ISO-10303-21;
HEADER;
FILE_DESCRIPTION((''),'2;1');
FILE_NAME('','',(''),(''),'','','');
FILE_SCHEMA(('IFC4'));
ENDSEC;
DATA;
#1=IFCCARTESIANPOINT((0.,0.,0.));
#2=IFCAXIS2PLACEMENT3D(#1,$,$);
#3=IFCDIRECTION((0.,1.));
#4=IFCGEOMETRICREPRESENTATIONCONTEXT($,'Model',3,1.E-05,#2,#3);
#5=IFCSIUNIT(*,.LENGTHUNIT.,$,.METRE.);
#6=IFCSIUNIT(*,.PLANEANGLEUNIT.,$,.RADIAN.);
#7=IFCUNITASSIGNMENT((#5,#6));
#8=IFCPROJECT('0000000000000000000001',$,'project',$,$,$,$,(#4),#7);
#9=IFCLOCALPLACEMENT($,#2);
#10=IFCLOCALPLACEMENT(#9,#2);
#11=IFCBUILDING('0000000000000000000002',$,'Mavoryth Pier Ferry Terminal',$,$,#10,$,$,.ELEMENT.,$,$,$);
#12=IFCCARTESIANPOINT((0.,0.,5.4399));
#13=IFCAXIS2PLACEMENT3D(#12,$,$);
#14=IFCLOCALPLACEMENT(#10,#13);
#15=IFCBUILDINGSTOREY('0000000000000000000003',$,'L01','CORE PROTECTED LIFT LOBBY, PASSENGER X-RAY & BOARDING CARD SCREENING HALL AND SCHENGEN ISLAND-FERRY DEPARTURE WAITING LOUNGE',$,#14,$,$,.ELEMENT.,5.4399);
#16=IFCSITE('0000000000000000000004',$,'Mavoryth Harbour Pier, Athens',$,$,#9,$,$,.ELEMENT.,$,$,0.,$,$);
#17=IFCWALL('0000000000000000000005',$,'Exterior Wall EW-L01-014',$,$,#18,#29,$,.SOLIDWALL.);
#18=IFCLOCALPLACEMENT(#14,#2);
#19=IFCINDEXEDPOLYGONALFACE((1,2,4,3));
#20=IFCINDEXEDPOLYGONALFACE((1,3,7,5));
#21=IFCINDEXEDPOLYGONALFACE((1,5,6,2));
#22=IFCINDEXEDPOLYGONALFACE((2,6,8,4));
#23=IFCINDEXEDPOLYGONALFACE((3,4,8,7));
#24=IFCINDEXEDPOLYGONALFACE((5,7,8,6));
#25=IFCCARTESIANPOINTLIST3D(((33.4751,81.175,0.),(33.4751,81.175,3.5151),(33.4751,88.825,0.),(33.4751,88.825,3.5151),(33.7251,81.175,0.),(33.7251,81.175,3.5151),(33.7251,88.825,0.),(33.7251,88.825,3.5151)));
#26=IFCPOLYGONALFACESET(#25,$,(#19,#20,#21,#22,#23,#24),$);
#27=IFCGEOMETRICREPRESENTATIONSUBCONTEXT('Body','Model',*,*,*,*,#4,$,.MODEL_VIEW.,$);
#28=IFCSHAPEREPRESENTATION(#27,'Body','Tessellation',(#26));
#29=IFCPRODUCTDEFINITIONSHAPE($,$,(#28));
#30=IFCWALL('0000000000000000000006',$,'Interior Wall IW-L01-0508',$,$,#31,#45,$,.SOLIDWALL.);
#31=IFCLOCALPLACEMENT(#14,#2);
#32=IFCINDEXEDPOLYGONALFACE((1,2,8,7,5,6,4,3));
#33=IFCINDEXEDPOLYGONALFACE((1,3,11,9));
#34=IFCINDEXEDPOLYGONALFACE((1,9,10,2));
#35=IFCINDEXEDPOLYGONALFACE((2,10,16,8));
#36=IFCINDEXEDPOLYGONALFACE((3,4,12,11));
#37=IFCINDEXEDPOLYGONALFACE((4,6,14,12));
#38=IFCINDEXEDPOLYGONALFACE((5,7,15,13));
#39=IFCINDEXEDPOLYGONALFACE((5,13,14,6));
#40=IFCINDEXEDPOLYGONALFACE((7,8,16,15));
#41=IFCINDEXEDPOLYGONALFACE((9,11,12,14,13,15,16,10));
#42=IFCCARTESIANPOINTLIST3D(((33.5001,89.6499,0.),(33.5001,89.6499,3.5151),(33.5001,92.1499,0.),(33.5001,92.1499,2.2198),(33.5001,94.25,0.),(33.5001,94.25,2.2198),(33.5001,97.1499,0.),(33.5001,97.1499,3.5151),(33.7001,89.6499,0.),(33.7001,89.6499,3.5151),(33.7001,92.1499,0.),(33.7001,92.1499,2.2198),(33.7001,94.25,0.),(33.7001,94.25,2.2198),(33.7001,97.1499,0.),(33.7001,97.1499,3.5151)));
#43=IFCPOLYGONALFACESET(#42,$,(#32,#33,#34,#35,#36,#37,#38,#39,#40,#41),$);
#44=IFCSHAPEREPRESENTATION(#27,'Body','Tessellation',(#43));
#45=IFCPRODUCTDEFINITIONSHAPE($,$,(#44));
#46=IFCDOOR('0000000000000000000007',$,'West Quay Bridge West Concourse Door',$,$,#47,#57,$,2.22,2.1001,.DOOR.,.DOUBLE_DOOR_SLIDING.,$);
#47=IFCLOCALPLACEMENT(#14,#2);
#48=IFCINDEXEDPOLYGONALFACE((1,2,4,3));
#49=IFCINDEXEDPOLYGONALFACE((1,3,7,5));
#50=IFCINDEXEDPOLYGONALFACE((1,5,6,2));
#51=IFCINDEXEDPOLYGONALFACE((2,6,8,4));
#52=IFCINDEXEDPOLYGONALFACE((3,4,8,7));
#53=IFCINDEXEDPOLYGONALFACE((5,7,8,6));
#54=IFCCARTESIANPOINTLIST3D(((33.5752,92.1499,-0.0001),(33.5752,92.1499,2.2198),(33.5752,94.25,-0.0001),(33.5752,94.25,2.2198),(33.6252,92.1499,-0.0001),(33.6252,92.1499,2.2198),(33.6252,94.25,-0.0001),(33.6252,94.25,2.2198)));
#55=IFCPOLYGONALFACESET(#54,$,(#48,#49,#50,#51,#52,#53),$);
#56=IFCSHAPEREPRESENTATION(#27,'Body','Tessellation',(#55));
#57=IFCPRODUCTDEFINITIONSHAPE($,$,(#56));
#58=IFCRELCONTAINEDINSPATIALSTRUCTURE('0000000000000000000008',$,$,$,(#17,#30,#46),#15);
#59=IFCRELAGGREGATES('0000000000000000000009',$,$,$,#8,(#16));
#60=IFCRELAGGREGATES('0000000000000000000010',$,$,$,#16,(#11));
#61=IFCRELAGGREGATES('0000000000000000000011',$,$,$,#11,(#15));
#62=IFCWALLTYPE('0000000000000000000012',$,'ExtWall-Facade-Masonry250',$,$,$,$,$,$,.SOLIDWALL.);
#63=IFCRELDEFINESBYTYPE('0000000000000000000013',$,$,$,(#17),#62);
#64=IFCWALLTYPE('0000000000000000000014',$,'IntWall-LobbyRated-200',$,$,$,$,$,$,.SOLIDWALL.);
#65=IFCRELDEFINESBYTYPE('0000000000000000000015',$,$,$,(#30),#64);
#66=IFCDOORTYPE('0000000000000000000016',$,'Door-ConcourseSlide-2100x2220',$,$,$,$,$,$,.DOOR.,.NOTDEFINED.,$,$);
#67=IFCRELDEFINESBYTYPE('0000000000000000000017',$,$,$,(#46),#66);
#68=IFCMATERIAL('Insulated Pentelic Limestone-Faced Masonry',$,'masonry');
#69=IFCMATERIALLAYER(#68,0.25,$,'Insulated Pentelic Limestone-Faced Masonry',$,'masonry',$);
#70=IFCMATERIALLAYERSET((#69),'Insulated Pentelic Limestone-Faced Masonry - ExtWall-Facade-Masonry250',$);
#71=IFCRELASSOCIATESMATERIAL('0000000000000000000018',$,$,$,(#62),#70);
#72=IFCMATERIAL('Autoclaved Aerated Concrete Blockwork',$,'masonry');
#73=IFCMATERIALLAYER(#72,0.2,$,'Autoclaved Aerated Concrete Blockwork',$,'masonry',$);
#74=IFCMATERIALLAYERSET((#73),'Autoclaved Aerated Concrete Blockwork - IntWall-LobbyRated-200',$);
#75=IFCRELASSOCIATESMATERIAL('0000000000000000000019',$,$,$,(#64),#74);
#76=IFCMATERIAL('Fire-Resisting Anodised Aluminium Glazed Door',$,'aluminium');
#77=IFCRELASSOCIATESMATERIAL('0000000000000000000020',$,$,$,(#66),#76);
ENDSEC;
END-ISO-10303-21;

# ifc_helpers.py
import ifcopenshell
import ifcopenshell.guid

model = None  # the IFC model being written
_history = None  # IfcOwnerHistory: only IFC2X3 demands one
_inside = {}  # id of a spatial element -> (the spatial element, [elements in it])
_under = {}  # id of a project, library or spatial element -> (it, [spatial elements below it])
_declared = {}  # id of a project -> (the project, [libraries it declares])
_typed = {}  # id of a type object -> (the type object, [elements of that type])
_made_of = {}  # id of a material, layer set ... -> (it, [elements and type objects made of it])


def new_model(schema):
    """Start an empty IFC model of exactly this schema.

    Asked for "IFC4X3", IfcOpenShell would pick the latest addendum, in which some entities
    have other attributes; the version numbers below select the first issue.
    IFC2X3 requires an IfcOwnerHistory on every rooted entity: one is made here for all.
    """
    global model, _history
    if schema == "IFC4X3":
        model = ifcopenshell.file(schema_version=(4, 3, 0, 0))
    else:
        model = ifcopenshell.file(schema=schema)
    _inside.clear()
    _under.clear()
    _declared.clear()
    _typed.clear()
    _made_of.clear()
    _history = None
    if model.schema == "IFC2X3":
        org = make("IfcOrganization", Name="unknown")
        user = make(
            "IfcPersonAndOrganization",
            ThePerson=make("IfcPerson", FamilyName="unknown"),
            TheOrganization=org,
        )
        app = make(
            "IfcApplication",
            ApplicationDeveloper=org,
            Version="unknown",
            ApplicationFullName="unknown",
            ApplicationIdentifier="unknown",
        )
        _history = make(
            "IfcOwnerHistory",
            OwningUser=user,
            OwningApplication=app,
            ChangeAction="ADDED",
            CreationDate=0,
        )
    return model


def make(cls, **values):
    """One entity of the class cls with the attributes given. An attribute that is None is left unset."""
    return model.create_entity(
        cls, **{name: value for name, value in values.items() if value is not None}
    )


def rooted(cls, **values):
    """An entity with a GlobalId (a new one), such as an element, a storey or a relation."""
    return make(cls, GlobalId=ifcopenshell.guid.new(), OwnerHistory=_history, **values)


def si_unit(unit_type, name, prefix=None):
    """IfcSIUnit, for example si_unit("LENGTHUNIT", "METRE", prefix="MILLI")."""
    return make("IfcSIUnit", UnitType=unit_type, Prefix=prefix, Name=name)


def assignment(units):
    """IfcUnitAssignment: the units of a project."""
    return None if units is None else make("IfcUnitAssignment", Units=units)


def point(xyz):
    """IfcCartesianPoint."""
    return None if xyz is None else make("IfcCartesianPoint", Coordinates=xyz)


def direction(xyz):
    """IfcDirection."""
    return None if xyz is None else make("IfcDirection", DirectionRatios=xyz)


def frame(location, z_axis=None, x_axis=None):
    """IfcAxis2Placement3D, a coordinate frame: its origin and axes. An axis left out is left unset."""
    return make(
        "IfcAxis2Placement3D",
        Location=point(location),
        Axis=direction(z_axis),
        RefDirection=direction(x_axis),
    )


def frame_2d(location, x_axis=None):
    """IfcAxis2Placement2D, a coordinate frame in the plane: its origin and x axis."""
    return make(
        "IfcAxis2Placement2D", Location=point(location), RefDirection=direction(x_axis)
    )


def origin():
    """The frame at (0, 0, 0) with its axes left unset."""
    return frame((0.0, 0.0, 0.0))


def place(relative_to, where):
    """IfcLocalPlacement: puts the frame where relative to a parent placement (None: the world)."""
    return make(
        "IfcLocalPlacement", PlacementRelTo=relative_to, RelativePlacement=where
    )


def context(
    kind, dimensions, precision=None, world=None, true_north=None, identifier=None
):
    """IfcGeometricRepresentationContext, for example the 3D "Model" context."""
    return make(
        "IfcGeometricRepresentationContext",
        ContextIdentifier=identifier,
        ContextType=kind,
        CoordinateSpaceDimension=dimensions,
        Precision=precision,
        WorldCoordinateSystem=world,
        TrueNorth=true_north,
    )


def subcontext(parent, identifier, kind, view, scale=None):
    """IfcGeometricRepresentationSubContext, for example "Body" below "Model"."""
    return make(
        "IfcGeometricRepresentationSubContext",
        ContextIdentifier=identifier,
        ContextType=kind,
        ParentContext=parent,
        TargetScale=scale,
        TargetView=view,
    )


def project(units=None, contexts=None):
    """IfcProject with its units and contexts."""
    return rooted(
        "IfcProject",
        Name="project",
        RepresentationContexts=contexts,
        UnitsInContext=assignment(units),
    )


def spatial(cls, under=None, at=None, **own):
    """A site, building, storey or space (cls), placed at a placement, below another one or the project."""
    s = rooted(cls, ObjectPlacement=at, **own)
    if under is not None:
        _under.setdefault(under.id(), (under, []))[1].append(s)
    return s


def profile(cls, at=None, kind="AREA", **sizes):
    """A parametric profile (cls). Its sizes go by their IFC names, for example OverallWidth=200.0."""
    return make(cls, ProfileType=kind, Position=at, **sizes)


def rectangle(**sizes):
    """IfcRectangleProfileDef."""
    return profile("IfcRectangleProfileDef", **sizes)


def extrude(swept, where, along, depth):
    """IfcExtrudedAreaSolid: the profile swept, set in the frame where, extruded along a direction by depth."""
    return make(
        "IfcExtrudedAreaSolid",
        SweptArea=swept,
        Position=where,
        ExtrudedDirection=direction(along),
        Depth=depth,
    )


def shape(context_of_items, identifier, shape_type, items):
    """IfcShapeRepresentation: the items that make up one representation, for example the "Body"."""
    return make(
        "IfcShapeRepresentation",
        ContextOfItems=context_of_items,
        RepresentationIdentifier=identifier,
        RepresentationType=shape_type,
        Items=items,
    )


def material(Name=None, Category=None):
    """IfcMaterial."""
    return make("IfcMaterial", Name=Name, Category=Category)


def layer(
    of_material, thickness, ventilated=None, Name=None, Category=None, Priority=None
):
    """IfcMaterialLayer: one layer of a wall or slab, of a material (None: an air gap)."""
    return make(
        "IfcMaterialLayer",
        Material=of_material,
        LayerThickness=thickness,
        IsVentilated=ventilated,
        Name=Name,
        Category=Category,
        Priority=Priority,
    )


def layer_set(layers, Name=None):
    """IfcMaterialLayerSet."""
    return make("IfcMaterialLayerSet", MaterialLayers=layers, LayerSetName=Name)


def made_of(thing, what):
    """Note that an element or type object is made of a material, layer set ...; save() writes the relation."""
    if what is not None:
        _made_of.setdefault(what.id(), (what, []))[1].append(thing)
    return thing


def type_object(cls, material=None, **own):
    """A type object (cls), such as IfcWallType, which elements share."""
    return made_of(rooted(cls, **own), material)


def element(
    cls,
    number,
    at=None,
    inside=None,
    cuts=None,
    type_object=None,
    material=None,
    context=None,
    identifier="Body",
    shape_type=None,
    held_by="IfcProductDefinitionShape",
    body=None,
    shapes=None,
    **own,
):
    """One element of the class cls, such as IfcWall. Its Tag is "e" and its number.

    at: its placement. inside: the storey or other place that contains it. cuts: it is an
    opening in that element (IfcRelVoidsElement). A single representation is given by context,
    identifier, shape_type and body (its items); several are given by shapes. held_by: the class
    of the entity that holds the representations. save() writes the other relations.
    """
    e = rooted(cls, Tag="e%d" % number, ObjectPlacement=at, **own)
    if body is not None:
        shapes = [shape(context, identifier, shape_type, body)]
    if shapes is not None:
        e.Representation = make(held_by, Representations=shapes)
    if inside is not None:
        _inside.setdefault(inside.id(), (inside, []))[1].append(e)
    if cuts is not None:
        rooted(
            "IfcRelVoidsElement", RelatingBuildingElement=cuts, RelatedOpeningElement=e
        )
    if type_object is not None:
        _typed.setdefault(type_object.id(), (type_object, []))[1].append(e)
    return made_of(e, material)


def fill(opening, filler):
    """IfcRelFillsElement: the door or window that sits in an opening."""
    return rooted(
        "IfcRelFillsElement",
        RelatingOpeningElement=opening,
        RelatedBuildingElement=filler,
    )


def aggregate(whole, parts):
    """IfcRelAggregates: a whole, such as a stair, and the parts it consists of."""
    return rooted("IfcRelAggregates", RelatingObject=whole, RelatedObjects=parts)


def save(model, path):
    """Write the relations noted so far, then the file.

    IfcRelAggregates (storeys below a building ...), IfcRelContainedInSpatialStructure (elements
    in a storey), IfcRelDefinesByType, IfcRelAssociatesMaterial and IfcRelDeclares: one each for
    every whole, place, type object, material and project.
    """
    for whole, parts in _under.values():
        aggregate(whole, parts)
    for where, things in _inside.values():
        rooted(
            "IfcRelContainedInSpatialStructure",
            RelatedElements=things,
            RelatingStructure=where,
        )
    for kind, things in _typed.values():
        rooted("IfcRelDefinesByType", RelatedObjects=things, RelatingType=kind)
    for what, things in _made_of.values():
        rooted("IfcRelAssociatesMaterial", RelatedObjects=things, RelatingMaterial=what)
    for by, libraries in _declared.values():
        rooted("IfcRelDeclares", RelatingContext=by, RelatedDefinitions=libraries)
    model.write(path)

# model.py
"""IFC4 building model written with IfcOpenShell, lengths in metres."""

from ifc_helpers import new_model, si_unit, direction, frame, frame_2d, origin, place, context, subcontext, project, spatial, rectangle, extrude, material, layer, layer_set, type_object, element, fill, save


model = new_model("IFC4")

# Units and contexts
model_context = context("Model", 3, precision=1e-05, world=origin(), true_north=direction((0.0, 1.0)))
body_context = subcontext(model_context, "Body", "Model", "MODEL_VIEW")
ifc_project = project(units=[si_unit("LENGTHUNIT", "METRE"), si_unit("PLANEANGLEUNIT", "RADIAN")], contexts=[model_context])

# Site, building, storey
site_placement = place(None, origin())
site = spatial("IfcSite", under=ifc_project, at=site_placement, Name="Mavoryth Harbour Pier, Athens", CompositionType="ELEMENT", RefElevation=0.0)
building_placement = place(site_placement, origin())
building = spatial("IfcBuilding", under=site, at=building_placement, Name="Mavoryth Pier Ferry Terminal", CompositionType="ELEMENT")
storey_placement = place(building_placement, frame((0.0, 0.0, 5.4399)))
storey = spatial("IfcBuildingStorey", under=building, at=storey_placement, Name="L01", Description="CORE PROTECTED LIFT LOBBY, PASSENGER X-RAY & BOARDING CARD SCREENING HALL AND SCHENGEN ISLAND-FERRY DEPARTURE WAITING LOUNGE", CompositionType="ELEMENT", Elevation=5.4399)

# Wall
ifc_material_1 = material(Name="Insulated Pentelic Limestone-Faced Masonry", Category="masonry")
ifc_layer_1 = layer(ifc_material_1, 0.25, Name="Insulated Pentelic Limestone-Faced Masonry", Category="masonry")
ifc_layer_set_1 = layer_set([ifc_layer_1], Name="Insulated Pentelic Limestone-Faced Masonry - ExtWall-Facade-Masonry250")
wall_type_1 = type_object("IfcWallType", Name="ExtWall-Facade-Masonry250", PredefinedType="SOLIDWALL", material=ifc_layer_set_1)
wall_1_placement = place(storey_placement, frame((33.6001, 81.175, 0.0), z_axis=(0.0, 0.0, 1.0), x_axis=(0.0, 1.0, 0.0)))
element("IfcWall", 1, at=wall_1_placement, inside=storey, type_object=wall_type_1, Name="Exterior Wall EW-L01-014", PredefinedType="SOLIDWALL", context=body_context, shape_type="SweptSolid", body=[
    extrude(rectangle(XDim=7.6499, YDim=0.25, at=frame_2d((3.825, 0.0))), origin(), (0.0, 0.0, 1.0), 3.5151),
])

# Wall, opening, door
ifc_material_2 = material(Name="Autoclaved Aerated Concrete Blockwork", Category="masonry")
ifc_layer_2 = layer(ifc_material_2, 0.2, Name="Autoclaved Aerated Concrete Blockwork", Category="masonry")
ifc_layer_set_2 = layer_set([ifc_layer_2], Name="Autoclaved Aerated Concrete Blockwork - IntWall-LobbyRated-200")
wall_type_2 = type_object("IfcWallType", Name="IntWall-LobbyRated-200", PredefinedType="SOLIDWALL", material=ifc_layer_set_2)
wall_2_placement = place(storey_placement, frame((33.6001, 89.6499, 0.0), z_axis=(0.0, 0.0, 1.0), x_axis=(0.0, 1.0, 0.0)))
wall_2 = element("IfcWall", 2, at=wall_2_placement, inside=storey, type_object=wall_type_2, Name="Interior Wall IW-L01-0508", PredefinedType="SOLIDWALL", context=body_context, shape_type="SweptSolid", body=[
    extrude(rectangle(XDim=7.5, YDim=0.2, at=frame_2d((3.75, 0.0))), origin(), (0.0, 0.0, 1.0), 3.5151),
])
opening_1_placement = place(wall_2_placement, frame((2.5, 0.0, 0.0)))
opening_1 = element("IfcOpeningElement", 3, at=opening_1_placement, cuts=wall_2, PredefinedType="OPENING", context=body_context, shape_type="SweptSolid", body=[
    extrude(rectangle(XDim=2.1001, YDim=2.22, at=frame_2d((1.05, 1.1099))), frame((0.0, 0.1099, 0.0), z_axis=(0.0, -1.0, 0.0), x_axis=(1.0, 0.0, 0.0)), (0.0, 0.0, 1.0), 0.22),
])
ifc_material_3 = material(Name="Fire-Resisting Anodised Aluminium Glazed Door", Category="aluminium")
door_type_1 = type_object("IfcDoorType", Name="Door-ConcourseSlide-2100x2220", OperationType="NOTDEFINED", PredefinedType="DOOR", material=ifc_material_3)
door_1_placement = place(opening_1_placement, origin())
door_1 = element("IfcDoor", 4, at=door_1_placement, inside=storey, type_object=door_type_1, Name="West Quay Bridge West Concourse Door", OperationType="DOUBLE_DOOR_SLIDING", OverallHeight=2.22, OverallWidth=2.1001, PredefinedType="DOOR", context=body_context, shape_type="SweptSolid", body=[
    extrude(rectangle(XDim=2.1001, YDim=2.22, at=frame_2d((1.05, 1.1099))), frame((0.0, 0.0249, 0.0), z_axis=(0.0, -1.0, 0.0), x_axis=(1.0, 0.0, 0.0)), (0.0, 0.0, 1.0), 0.05),
])
fill(opening_1, door_1)

save(model, "model.ifc")
